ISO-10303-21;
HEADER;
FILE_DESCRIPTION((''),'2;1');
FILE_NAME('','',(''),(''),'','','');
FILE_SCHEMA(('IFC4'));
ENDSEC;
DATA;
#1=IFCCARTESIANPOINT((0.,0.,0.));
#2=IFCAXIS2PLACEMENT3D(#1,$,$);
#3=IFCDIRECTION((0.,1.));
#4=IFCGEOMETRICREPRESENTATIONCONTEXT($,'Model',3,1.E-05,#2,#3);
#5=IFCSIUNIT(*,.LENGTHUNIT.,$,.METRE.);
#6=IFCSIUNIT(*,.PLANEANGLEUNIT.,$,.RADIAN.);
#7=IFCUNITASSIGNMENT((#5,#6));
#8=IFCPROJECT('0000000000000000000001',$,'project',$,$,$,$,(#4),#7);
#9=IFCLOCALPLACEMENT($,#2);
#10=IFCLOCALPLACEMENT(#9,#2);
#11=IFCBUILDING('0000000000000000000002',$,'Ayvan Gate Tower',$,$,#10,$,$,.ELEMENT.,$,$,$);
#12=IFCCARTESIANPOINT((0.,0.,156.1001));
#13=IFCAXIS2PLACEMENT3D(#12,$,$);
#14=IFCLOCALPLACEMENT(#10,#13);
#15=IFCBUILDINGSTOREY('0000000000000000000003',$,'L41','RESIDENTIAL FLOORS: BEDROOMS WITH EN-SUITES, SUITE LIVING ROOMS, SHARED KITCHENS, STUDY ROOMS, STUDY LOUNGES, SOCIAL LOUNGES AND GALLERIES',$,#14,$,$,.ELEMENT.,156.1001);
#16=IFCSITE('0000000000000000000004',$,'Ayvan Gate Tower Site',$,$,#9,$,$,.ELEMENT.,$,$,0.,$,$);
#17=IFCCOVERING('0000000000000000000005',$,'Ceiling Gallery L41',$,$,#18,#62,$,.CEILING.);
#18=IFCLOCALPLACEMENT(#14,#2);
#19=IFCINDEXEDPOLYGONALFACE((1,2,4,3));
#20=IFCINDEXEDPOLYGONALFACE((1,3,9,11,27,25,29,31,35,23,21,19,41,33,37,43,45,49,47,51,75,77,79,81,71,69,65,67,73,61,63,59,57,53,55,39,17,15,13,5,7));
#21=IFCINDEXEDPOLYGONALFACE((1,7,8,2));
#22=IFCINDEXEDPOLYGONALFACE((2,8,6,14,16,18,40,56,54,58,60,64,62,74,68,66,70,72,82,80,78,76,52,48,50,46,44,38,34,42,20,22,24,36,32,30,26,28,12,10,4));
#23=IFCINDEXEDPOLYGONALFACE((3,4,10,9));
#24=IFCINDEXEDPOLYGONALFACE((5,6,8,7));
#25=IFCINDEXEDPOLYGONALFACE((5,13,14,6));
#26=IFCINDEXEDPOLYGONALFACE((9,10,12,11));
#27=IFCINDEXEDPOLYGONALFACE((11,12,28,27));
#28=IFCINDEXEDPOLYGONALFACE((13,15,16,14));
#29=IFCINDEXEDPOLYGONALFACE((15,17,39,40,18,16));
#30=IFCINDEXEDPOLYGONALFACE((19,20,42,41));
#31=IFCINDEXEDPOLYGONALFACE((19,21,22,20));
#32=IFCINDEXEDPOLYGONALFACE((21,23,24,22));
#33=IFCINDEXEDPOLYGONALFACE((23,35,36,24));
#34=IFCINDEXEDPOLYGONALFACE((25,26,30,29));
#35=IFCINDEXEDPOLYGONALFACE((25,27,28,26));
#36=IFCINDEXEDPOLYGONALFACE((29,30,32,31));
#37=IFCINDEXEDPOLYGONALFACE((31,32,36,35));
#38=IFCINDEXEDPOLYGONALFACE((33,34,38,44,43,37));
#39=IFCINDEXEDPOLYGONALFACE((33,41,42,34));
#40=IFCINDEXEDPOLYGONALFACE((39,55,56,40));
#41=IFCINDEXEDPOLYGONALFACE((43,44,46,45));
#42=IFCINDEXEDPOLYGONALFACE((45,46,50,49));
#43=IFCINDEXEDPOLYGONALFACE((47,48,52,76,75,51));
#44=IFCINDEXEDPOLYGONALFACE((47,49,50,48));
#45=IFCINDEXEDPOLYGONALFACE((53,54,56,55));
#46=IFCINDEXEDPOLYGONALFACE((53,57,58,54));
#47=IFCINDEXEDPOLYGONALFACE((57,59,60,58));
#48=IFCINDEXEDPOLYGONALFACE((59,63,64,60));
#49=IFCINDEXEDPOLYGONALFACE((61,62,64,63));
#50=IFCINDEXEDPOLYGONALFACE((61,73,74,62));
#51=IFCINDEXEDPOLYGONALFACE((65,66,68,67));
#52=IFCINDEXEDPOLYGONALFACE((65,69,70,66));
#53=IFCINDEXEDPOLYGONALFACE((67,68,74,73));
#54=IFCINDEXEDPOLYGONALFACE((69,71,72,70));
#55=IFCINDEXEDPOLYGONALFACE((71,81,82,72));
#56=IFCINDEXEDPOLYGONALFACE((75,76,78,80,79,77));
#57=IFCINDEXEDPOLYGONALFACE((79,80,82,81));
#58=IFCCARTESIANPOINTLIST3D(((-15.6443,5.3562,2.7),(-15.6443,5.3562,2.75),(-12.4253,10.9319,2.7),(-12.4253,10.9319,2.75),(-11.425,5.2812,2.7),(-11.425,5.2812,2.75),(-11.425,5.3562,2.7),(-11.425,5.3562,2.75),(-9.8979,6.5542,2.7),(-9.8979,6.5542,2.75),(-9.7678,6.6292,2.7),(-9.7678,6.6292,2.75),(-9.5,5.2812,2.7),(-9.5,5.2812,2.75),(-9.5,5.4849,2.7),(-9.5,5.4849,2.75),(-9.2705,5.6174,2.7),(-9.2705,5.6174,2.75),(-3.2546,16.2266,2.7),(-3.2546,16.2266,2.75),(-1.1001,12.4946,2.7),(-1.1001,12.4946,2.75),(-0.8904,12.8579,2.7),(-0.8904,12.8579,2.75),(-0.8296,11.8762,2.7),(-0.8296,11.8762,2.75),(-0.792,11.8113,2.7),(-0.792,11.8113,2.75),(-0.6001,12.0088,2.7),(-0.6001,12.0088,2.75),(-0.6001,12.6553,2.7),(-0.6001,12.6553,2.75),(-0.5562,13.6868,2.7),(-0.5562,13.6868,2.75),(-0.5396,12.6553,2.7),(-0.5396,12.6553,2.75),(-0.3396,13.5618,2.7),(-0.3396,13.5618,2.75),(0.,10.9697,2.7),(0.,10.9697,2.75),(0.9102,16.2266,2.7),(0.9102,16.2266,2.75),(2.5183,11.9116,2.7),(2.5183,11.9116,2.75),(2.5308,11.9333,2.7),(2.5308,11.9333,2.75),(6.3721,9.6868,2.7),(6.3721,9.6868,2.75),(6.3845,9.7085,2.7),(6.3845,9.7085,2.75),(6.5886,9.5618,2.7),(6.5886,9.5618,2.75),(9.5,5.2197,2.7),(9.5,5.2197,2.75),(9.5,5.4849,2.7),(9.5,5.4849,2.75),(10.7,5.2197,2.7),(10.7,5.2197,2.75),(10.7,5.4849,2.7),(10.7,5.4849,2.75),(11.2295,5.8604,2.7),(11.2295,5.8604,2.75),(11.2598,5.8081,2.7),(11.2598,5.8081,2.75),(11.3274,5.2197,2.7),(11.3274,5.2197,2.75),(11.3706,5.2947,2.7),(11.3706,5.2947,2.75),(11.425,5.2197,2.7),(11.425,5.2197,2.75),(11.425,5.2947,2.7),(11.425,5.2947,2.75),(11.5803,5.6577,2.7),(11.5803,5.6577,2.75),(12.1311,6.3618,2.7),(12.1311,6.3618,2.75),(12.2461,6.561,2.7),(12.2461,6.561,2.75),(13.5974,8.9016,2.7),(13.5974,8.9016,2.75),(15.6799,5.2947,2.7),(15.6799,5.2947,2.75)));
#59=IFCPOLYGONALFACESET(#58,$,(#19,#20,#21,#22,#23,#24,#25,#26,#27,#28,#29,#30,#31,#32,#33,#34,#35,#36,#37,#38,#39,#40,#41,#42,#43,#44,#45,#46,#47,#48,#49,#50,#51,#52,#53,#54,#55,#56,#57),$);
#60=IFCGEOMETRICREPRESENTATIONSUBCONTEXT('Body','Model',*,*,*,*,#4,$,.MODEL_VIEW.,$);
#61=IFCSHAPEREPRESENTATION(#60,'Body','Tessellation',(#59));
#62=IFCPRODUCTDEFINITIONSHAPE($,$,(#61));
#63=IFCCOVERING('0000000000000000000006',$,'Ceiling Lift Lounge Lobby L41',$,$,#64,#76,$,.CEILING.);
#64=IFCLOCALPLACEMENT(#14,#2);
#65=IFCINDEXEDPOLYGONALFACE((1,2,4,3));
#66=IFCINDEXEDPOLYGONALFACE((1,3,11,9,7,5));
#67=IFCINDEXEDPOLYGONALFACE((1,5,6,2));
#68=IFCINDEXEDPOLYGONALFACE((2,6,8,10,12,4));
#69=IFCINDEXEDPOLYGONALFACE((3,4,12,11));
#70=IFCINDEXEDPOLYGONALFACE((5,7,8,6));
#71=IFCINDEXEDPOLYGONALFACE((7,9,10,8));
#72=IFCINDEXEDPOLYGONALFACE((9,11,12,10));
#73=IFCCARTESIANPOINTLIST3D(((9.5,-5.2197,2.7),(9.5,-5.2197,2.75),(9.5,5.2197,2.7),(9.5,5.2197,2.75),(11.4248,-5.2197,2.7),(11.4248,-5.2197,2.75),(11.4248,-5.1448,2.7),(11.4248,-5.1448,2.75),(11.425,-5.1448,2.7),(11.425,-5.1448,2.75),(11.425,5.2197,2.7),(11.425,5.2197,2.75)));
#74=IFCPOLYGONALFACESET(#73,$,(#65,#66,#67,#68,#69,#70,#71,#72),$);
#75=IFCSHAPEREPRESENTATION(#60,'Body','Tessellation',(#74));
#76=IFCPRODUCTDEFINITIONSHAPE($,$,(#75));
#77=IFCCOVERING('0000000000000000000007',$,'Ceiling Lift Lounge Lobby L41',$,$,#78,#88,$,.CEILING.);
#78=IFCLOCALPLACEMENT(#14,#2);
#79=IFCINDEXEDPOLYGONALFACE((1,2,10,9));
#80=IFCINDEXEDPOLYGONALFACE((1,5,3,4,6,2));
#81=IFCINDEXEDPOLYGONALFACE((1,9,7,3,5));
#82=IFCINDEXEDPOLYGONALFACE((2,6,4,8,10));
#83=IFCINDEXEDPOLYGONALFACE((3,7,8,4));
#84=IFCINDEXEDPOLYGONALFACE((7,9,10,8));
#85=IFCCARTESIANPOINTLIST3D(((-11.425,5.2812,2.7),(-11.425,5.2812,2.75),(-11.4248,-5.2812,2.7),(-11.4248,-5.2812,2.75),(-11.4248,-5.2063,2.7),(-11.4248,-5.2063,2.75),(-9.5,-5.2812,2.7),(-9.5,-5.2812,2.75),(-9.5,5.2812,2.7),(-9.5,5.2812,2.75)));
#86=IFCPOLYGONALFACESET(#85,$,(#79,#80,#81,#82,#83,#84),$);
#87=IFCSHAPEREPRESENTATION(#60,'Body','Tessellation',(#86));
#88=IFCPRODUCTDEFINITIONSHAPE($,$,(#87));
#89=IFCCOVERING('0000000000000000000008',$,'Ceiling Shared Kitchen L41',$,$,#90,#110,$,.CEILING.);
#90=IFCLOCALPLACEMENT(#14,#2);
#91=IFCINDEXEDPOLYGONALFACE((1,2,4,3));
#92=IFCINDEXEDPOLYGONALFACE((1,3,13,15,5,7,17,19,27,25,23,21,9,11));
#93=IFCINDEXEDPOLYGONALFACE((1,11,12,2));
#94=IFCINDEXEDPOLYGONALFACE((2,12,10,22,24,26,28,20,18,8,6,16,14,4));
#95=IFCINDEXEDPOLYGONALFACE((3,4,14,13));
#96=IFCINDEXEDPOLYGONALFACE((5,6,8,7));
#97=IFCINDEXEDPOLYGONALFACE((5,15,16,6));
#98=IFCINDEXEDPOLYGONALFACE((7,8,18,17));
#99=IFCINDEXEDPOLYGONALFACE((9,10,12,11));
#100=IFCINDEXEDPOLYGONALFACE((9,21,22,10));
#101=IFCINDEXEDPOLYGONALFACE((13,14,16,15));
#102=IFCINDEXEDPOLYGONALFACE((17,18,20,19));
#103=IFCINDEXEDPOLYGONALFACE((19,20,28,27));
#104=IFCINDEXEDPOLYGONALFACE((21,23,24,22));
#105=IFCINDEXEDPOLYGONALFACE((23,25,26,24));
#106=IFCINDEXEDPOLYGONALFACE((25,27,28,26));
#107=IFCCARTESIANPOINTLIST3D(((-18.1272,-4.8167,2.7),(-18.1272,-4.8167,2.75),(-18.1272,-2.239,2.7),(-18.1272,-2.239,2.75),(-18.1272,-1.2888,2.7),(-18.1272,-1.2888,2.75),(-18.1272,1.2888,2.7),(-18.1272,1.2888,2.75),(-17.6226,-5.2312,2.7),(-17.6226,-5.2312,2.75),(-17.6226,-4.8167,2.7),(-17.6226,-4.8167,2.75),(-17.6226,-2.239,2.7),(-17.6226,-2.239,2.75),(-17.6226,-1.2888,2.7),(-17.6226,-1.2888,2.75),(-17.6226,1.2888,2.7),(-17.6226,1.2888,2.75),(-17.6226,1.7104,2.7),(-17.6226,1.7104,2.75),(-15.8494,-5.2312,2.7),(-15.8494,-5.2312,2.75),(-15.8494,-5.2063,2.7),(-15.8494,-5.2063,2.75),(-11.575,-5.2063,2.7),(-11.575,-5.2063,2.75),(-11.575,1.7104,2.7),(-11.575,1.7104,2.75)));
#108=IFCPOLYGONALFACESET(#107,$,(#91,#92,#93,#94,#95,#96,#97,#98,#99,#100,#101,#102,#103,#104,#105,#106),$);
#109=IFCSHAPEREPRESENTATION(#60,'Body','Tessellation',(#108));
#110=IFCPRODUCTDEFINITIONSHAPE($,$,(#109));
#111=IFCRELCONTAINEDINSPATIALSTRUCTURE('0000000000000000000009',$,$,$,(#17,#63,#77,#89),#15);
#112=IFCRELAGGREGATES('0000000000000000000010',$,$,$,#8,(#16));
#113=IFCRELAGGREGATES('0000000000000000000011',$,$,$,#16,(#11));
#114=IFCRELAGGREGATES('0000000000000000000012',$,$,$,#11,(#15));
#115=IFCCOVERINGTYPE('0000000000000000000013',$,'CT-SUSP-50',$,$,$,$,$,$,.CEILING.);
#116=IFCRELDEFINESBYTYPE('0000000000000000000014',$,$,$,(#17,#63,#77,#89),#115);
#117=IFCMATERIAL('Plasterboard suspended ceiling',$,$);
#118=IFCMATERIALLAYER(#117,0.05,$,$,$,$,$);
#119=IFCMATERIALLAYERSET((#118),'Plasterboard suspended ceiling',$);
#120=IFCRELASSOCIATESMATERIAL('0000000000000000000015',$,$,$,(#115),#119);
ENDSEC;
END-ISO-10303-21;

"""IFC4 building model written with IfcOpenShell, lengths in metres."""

from ifc_helpers import new_model, si_unit, direction, frame, origin, place, context, subcontext, project, spatial, polyline, outline, extrude, material, layer, layer_set, type_object, element, save


model = new_model("IFC4")

# Units and contexts
model_context = context("Model", 3, precision=1e-05, world=origin(), true_north=direction((0.0, 1.0)))
body_context = subcontext(model_context, "Body", "Model", "MODEL_VIEW")
ifc_project = project(units=[si_unit("LENGTHUNIT", "METRE"), si_unit("PLANEANGLEUNIT", "RADIAN")], contexts=[model_context])

# Site, building, storey
site_placement = place(None, origin())
site = spatial("IfcSite", under=ifc_project, at=site_placement, Name="Ayvan Gate Tower Site", CompositionType="ELEMENT", RefElevation=0.0)
building_placement = place(site_placement, origin())
building = spatial("IfcBuilding", under=site, at=building_placement, Name="Ayvan Gate Tower", CompositionType="ELEMENT")
storey_placement = place(building_placement, frame((0.0, 0.0, 156.1001)))
storey = spatial("IfcBuildingStorey", under=building, at=storey_placement, Name="L41", Description="RESIDENTIAL FLOORS: BEDROOMS WITH EN-SUITES, SUITE LIVING ROOMS, SHARED KITCHENS, STUDY ROOMS, STUDY LOUNGES, SOCIAL LOUNGES AND GALLERIES", CompositionType="ELEMENT", Elevation=156.1001)

# Coverings
ifc_material_1 = material(Name="Plasterboard suspended ceiling")
ifc_layer_1 = layer(ifc_material_1, 0.05)
ifc_layer_set_1 = layer_set([ifc_layer_1], Name="Plasterboard suspended ceiling")
covering_type = type_object("IfcCoveringType", Name="CT-SUSP-50", PredefinedType="CEILING", material=ifc_layer_set_1)
covering_1_placement = place(storey_placement, frame((0.0, 0.0, 2.7)))
element("IfcCovering", 1, at=covering_1_placement, inside=storey, type_object=covering_type, Name="Ceiling Gallery L41", PredefinedType="CEILING", context=body_context, shape_type="SweptSolid", body=[
    extrude(outline(polyline([(-0.792, 11.8113), (-0.8296, 11.8762), (-0.6001, 12.0088), (-0.6001, 12.6553), (-0.5396, 12.6553), (-0.8904, 12.8579), (-1.1001, 12.4946), (-3.2546, 16.2266), (0.9102, 16.2266), (-0.5562, 13.6868), (-0.3396, 13.5618), (2.5183, 11.9116), (2.5308, 11.9333), (6.3845, 9.7085), (6.3721, 9.6868), (6.5886, 9.5618), (12.1311, 6.3618), (12.2461, 6.561), (13.5974, 8.9016), (15.6799, 5.2947), (11.425, 5.2947), (11.425, 5.2197), (11.3274, 5.2197), (11.3706, 5.2947), (11.5803, 5.6577), (11.2295, 5.8604), (11.2598, 5.8081), (10.7, 5.4849), (10.7, 5.2197), (9.5, 5.2197), (9.5, 5.4849), (0.0, 10.9697), (-9.2705, 5.6174), (-9.5, 5.4849), (-9.5, 5.2812), (-11.425, 5.2812), (-11.425, 5.3562), (-15.6443, 5.3562), (-12.4253, 10.9319), (-9.8979, 6.5542), (-9.7678, 6.6292), (-0.792, 11.8113)])), origin(), (0.0, 0.0, 1.0), 0.05),
])
covering_2_placement = place(storey_placement, frame((0.0, 0.0, 2.7)))
element("IfcCovering", 2, at=covering_2_placement, inside=storey, type_object=covering_type, Name="Ceiling Lift Lounge Lobby L41", PredefinedType="CEILING", context=body_context, shape_type="SweptSolid", body=[
    extrude(outline(polyline([(11.4248, -5.2197), (9.5, -5.2197), (9.5, 5.2197), (11.425, 5.2197), (11.425, -5.1448), (11.4248, -5.1448), (11.4248, -5.2197)])), origin(), (0.0, 0.0, 1.0), 0.05),
])
covering_3_placement = place(storey_placement, frame((0.0, 0.0, 2.7)))
element("IfcCovering", 3, at=covering_3_placement, inside=storey, type_object=covering_type, Name="Ceiling Lift Lounge Lobby L41", PredefinedType="CEILING", context=body_context, shape_type="SweptSolid", body=[
    extrude(outline(polyline([(-11.4248, -5.2063), (-11.425, 5.2812), (-9.5, 5.2812), (-9.5, -5.2812), (-11.4248, -5.2812), (-11.4248, -5.2063)])), origin(), (0.0, 0.0, 1.0), 0.05),
])
covering_4_placement = place(storey_placement, frame((0.0, 0.0, 2.7)))
element("IfcCovering", 4, at=covering_4_placement, inside=storey, type_object=covering_type, Name="Ceiling Shared Kitchen L41", PredefinedType="CEILING", context=body_context, shape_type="SweptSolid", body=[
    extrude(outline(polyline([(-17.6226, 1.2888), (-17.6226, 1.7104), (-11.575, 1.7104), (-11.575, -5.2063), (-15.8494, -5.2063), (-15.8494, -5.2312), (-17.6226, -5.2312), (-17.6226, -4.8167), (-18.1272, -4.8167), (-18.1272, -2.239), (-17.6226, -2.239), (-17.6226, -1.2888), (-18.1272, -1.2888), (-18.1272, 1.2888), (-17.6226, 1.2888)])), origin(), (0.0, 0.0, 1.0), 0.05),
])

save(model, "model.ifc")
